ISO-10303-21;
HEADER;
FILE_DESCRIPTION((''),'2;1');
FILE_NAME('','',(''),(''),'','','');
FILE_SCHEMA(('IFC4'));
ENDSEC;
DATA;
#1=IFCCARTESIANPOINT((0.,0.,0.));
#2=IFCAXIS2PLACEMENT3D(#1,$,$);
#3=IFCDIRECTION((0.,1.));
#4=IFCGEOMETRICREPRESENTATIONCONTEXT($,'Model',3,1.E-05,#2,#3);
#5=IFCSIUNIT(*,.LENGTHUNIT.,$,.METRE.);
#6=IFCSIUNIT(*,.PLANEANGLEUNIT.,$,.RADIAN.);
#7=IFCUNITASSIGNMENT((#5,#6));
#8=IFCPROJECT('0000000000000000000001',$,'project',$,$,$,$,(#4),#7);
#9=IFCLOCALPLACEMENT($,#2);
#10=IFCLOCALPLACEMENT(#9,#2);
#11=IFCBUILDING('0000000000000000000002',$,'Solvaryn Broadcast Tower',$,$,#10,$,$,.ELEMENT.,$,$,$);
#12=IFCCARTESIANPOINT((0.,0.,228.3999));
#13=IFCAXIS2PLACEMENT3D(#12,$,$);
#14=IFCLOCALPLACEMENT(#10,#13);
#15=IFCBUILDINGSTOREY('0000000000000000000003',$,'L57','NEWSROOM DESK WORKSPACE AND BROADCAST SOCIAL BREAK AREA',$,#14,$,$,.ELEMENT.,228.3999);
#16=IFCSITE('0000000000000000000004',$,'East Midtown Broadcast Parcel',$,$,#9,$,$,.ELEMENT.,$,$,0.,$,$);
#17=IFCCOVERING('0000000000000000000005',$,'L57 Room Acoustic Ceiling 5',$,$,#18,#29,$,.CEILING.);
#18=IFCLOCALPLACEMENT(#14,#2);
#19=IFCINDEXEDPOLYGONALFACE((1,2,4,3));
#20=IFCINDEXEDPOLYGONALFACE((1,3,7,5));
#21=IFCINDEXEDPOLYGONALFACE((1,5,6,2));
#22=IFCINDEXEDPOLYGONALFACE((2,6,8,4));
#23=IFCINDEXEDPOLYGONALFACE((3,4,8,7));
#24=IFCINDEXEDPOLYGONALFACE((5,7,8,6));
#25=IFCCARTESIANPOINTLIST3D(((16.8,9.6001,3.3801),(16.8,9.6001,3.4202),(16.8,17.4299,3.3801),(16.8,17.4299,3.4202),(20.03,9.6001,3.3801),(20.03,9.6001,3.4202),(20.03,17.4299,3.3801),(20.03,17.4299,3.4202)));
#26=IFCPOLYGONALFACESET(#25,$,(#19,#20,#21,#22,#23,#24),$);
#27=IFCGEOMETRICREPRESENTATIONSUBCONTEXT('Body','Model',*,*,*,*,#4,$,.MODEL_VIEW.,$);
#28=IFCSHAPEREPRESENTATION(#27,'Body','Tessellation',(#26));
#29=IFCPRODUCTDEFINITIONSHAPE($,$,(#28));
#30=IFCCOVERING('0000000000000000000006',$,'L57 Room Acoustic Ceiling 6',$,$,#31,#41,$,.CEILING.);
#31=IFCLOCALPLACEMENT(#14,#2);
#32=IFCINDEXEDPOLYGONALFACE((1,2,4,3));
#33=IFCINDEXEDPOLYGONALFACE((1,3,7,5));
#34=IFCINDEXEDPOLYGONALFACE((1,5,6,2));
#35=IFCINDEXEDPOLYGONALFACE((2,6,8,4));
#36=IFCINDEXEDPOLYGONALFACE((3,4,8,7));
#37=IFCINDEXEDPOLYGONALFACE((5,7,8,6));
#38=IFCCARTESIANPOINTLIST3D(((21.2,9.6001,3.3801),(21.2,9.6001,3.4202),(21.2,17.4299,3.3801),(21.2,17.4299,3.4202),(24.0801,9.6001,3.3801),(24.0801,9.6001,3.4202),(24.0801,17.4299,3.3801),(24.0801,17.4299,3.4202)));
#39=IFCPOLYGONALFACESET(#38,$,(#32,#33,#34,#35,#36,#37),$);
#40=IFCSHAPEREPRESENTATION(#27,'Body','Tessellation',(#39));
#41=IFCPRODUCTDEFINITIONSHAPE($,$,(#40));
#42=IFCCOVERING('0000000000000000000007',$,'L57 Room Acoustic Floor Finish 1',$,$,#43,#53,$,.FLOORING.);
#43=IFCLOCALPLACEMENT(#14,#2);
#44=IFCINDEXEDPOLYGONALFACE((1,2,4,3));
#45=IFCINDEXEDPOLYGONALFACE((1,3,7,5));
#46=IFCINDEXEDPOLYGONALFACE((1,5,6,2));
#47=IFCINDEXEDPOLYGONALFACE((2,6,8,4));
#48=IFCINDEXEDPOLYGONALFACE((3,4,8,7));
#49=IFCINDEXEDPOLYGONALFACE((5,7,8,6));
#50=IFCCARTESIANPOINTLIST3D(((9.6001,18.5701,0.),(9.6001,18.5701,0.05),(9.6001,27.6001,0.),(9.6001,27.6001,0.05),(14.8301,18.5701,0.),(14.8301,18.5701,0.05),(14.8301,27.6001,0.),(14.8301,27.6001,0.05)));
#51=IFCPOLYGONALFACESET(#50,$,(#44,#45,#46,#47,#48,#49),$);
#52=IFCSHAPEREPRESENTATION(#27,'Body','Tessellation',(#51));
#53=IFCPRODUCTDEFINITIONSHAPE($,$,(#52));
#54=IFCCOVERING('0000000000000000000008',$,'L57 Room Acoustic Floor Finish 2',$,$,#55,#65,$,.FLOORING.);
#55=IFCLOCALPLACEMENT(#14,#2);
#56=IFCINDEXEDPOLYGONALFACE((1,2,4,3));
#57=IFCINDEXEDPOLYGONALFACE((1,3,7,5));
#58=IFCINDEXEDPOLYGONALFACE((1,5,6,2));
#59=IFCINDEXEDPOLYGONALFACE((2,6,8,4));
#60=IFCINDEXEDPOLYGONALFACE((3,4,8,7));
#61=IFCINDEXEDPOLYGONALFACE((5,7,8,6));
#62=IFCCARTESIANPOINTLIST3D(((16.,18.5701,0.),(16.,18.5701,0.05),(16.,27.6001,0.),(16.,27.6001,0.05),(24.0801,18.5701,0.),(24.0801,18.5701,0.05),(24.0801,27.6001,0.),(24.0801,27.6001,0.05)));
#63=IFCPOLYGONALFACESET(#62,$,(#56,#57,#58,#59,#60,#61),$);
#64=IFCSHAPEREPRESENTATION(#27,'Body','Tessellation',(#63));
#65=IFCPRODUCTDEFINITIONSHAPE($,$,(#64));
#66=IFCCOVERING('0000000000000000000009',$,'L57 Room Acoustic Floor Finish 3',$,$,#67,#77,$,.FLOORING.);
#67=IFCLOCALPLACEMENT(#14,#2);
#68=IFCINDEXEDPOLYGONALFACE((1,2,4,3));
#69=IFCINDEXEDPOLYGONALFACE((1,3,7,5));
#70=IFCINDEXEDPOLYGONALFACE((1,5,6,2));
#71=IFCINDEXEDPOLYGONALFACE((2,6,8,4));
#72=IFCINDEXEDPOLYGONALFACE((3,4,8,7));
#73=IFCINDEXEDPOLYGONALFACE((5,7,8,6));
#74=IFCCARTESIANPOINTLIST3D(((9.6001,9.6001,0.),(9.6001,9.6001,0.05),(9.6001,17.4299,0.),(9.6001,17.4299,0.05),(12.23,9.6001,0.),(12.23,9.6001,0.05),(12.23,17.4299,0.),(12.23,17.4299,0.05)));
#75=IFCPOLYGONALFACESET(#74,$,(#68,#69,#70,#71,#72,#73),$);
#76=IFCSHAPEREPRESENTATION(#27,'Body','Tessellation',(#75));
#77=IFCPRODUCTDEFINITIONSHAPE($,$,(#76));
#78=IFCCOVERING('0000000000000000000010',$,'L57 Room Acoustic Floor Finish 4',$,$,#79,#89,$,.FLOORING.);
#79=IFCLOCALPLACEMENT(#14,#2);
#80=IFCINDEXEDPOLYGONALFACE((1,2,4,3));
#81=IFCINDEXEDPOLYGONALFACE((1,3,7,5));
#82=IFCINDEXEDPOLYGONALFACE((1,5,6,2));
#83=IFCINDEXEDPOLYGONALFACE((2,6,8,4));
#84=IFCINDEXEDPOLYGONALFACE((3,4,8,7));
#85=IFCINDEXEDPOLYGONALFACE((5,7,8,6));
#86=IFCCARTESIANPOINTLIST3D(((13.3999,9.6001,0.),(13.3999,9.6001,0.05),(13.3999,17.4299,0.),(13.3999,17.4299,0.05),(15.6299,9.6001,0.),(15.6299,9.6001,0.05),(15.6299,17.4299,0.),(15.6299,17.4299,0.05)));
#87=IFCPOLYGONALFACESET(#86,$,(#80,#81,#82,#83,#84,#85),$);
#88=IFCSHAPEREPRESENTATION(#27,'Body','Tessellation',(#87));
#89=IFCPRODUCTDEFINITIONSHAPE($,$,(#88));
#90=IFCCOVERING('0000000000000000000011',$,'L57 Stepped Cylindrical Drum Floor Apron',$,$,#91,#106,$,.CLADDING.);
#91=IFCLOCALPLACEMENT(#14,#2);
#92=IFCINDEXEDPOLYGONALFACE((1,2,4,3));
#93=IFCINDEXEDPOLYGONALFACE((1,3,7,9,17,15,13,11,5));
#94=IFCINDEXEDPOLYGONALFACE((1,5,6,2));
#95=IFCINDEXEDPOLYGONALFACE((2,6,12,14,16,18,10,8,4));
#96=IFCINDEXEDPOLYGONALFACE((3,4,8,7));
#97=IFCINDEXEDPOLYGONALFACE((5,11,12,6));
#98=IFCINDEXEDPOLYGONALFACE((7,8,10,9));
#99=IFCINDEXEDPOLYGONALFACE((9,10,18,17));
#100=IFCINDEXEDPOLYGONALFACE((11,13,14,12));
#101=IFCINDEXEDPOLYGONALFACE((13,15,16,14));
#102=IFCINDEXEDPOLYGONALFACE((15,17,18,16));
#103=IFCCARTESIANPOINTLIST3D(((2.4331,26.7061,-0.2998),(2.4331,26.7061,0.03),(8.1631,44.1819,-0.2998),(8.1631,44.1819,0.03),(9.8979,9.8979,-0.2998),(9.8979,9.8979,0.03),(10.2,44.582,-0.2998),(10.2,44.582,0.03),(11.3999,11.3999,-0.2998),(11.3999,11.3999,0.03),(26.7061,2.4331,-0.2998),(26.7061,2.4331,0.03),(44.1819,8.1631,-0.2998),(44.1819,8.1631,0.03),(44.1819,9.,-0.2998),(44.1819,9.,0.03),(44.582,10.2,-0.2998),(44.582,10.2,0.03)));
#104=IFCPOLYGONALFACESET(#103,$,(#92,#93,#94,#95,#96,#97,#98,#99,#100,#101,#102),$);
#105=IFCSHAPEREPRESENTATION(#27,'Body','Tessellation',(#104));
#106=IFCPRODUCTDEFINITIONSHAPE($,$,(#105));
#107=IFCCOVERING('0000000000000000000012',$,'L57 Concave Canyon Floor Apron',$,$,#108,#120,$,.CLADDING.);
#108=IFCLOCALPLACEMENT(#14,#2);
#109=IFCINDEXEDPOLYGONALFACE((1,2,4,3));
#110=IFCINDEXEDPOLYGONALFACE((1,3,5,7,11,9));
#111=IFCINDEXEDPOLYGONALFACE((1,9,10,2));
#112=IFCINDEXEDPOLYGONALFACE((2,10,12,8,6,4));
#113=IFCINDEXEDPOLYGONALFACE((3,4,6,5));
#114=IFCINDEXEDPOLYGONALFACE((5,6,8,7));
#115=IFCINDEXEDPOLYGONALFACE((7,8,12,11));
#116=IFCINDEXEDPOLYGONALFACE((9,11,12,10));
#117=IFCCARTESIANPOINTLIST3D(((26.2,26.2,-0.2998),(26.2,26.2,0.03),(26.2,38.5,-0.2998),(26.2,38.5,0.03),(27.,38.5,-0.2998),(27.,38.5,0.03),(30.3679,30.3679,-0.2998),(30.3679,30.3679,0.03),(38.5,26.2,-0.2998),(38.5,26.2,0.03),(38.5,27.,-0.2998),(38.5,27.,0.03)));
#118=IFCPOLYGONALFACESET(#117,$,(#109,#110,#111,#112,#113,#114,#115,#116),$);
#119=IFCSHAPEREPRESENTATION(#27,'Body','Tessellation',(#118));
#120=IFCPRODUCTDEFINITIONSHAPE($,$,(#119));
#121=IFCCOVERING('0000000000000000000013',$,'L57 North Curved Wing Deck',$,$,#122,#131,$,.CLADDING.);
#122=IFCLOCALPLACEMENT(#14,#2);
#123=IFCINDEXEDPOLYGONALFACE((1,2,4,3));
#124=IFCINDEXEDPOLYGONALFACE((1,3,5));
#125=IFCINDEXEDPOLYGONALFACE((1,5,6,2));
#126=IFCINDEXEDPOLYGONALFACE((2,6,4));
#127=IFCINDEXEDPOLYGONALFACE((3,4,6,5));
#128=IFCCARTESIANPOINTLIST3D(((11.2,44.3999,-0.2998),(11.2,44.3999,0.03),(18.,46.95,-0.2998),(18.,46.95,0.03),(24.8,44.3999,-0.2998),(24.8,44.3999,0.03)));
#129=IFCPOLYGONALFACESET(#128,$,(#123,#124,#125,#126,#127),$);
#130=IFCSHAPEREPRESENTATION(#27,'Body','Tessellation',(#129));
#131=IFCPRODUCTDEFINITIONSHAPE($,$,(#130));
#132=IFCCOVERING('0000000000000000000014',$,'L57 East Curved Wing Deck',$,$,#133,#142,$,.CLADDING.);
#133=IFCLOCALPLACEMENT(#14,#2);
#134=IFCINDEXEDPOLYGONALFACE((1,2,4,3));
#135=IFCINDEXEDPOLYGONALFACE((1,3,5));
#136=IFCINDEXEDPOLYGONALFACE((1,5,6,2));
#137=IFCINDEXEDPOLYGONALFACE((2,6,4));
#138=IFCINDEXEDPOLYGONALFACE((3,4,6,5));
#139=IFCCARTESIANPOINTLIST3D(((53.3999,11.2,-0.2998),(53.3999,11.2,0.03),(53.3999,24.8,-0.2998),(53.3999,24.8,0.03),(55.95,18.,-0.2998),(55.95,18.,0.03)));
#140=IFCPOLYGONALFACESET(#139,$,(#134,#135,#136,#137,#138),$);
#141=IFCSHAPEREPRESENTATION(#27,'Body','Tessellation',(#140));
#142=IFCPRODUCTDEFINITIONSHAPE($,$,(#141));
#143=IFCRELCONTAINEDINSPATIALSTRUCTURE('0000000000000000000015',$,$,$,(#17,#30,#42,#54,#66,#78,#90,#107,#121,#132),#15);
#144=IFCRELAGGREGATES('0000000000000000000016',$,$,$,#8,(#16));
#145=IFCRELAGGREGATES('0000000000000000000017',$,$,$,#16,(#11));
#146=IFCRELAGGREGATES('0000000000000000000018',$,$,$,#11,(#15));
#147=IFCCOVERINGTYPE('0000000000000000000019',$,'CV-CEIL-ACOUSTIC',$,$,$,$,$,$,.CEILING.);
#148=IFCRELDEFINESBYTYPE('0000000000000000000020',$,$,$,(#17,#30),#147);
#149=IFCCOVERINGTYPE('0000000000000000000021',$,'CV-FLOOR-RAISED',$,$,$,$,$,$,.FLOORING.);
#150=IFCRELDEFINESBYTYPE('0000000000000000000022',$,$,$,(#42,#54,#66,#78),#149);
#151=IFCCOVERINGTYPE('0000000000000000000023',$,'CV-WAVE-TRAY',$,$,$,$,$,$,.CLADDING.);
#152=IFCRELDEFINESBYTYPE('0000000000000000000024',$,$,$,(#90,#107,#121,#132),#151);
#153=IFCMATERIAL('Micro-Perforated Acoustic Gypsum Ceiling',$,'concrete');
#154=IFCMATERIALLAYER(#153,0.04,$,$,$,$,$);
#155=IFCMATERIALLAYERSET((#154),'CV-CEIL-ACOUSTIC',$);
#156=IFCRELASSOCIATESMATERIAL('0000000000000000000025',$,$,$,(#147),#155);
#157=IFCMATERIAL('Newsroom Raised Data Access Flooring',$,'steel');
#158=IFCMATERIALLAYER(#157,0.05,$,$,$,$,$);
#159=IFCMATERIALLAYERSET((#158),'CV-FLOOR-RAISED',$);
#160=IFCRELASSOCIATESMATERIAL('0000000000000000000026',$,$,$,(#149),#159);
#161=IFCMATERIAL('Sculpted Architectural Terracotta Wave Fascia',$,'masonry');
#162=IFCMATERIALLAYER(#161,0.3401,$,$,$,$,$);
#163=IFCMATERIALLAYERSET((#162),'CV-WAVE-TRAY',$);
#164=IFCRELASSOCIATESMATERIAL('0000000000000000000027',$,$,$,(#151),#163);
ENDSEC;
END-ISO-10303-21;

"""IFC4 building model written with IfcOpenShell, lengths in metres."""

from ifc_helpers import new_model, si_unit, direction, frame, origin, place, context, subcontext, project, spatial, polyline, outline, extrude, material, layer, layer_set, type_object, element, save


model = new_model("IFC4")

# Units and contexts
model_context = context("Model", 3, precision=1e-05, world=origin(), true_north=direction((0.0, 1.0)))
body_context = subcontext(model_context, "Body", "Model", "MODEL_VIEW")
ifc_project = project(units=[si_unit("LENGTHUNIT", "METRE"), si_unit("PLANEANGLEUNIT", "RADIAN")], contexts=[model_context])

# Site, building, storey
site_placement = place(None, origin())
site = spatial("IfcSite", under=ifc_project, at=site_placement, Name="East Midtown Broadcast Parcel", CompositionType="ELEMENT", RefElevation=0.0)
building_placement = place(site_placement, origin())
building = spatial("IfcBuilding", under=site, at=building_placement, Name="Solvaryn Broadcast Tower", CompositionType="ELEMENT")
storey_placement = place(building_placement, frame((0.0, 0.0, 228.3999)))
storey = spatial("IfcBuildingStorey", under=building, at=storey_placement, Name="L57", Description="NEWSROOM DESK WORKSPACE AND BROADCAST SOCIAL BREAK AREA", CompositionType="ELEMENT", Elevation=228.3999)

# Coverings
ifc_material_1 = material(Name="Micro-Perforated Acoustic Gypsum Ceiling", Category="concrete")
ifc_layer_1 = layer(ifc_material_1, 0.04)
ifc_layer_set_1 = layer_set([ifc_layer_1], Name="CV-CEIL-ACOUSTIC")
covering_type_1 = type_object("IfcCoveringType", Name="CV-CEIL-ACOUSTIC", PredefinedType="CEILING", material=ifc_layer_set_1)
covering_1_placement = place(storey_placement, frame((0.0, 0.0, 3.3801)))
element("IfcCovering", 1, at=covering_1_placement, inside=storey, type_object=covering_type_1, Name="L57 Room Acoustic Ceiling 5", PredefinedType="CEILING", context=body_context, shape_type="SweptSolid", body=[
    extrude(outline(polyline([(16.8, 9.6001), (20.03, 9.6001), (20.03, 17.4299), (16.8, 17.4299), (16.8, 9.6001)])), origin(), (0.0, 0.0, 1.0), 0.04),
])
covering_2_placement = place(storey_placement, frame((0.0, 0.0, 3.3801)))
element("IfcCovering", 2, at=covering_2_placement, inside=storey, type_object=covering_type_1, Name="L57 Room Acoustic Ceiling 6", PredefinedType="CEILING", context=body_context, shape_type="SweptSolid", body=[
    extrude(outline(polyline([(21.2, 9.6001), (24.0801, 9.6001), (24.0801, 17.4299), (21.2, 17.4299), (21.2, 9.6001)])), origin(), (0.0, 0.0, 1.0), 0.04),
])
ifc_material_2 = material(Name="Newsroom Raised Data Access Flooring", Category="steel")
ifc_layer_2 = layer(ifc_material_2, 0.05)
ifc_layer_set_2 = layer_set([ifc_layer_2], Name="CV-FLOOR-RAISED")
covering_type_2 = type_object("IfcCoveringType", Name="CV-FLOOR-RAISED", PredefinedType="FLOORING", material=ifc_layer_set_2)
covering_3_placement = place(storey_placement, origin())
element("IfcCovering", 3, at=covering_3_placement, inside=storey, type_object=covering_type_2, Name="L57 Room Acoustic Floor Finish 1", PredefinedType="FLOORING", context=body_context, shape_type="SweptSolid", body=[
    extrude(outline(polyline([(9.6001, 18.5701), (14.8301, 18.5701), (14.8301, 27.6001), (9.6001, 27.6001), (9.6001, 18.5701)])), origin(), (0.0, 0.0, 1.0), 0.05),
])
covering_4_placement = place(storey_placement, origin())
element("IfcCovering", 4, at=covering_4_placement, inside=storey, type_object=covering_type_2, Name="L57 Room Acoustic Floor Finish 2", PredefinedType="FLOORING", context=body_context, shape_type="SweptSolid", body=[
    extrude(outline(polyline([(16.0, 18.5701), (24.0801, 18.5701), (24.0801, 27.6001), (16.0, 27.6001), (16.0, 18.5701)])), origin(), (0.0, 0.0, 1.0), 0.05),
])
covering_5_placement = place(storey_placement, origin())
element("IfcCovering", 5, at=covering_5_placement, inside=storey, type_object=covering_type_2, Name="L57 Room Acoustic Floor Finish 3", PredefinedType="FLOORING", context=body_context, shape_type="SweptSolid", body=[
    extrude(outline(polyline([(9.6001, 9.6001), (12.23, 9.6001), (12.23, 17.4299), (9.6001, 17.4299), (9.6001, 9.6001)])), origin(), (0.0, 0.0, 1.0), 0.05),
])
covering_6_placement = place(storey_placement, origin())
element("IfcCovering", 6, at=covering_6_placement, inside=storey, type_object=covering_type_2, Name="L57 Room Acoustic Floor Finish 4", PredefinedType="FLOORING", context=body_context, shape_type="SweptSolid", body=[
    extrude(outline(polyline([(13.3999, 9.6001), (15.6299, 9.6001), (15.6299, 17.4299), (13.3999, 17.4299), (13.3999, 9.6001)])), origin(), (0.0, 0.0, 1.0), 0.05),
])
ifc_material_3 = material(Name="Sculpted Architectural Terracotta Wave Fascia", Category="masonry")
ifc_layer_3 = layer(ifc_material_3, 0.3401)
ifc_layer_set_3 = layer_set([ifc_layer_3], Name="CV-WAVE-TRAY")
covering_type_3 = type_object("IfcCoveringType", Name="CV-WAVE-TRAY", PredefinedType="CLADDING", material=ifc_layer_set_3)
covering_7_placement = place(storey_placement, frame((0.0, 0.0, -0.2998)))
element("IfcCovering", 7, at=covering_7_placement, inside=storey, type_object=covering_type_3, Name="L57 Stepped Cylindrical Drum Floor Apron", PredefinedType="CLADDING", context=body_context, shape_type="SweptSolid", body=[
    extrude(outline(polyline([(10.2, 44.582), (8.1631, 44.1819), (2.4331, 26.7061), (9.8979, 9.8979), (26.7061, 2.4331), (44.1819, 8.1631), (44.1819, 9.0), (44.582, 10.2), (11.3999, 11.3999), (10.2, 44.582)])), origin(), (0.0, 0.0, 1.0), 0.3298),
])
covering_8_placement = place(storey_placement, frame((0.0, 0.0, -0.2998)))
element("IfcCovering", 8, at=covering_8_placement, inside=storey, type_object=covering_type_3, Name="L57 Concave Canyon Floor Apron", PredefinedType="CLADDING", context=body_context, shape_type="SweptSolid", body=[
    extrude(outline(polyline([(26.2, 26.2), (38.5, 26.2), (38.5, 27.0), (30.3679, 30.3679), (27.0, 38.5), (26.2, 38.5), (26.2, 26.2)])), origin(), (0.0, 0.0, 1.0), 0.3298),
])
covering_9_placement = place(storey_placement, frame((0.0, 0.0, -0.2998)))
element("IfcCovering", 9, at=covering_9_placement, inside=storey, type_object=covering_type_3, Name="L57 North Curved Wing Deck", PredefinedType="CLADDING", context=body_context, shape_type="SweptSolid", body=[
    extrude(outline(polyline([(11.2, 44.3999), (24.8, 44.3999), (18.0, 46.95), (11.2, 44.3999)])), origin(), (0.0, 0.0, 1.0), 0.3298),
])
covering_10_placement = place(storey_placement, frame((0.0, 0.0, -0.2998)))
element("IfcCovering", 10, at=covering_10_placement, inside=storey, type_object=covering_type_3, Name="L57 East Curved Wing Deck", PredefinedType="CLADDING", context=body_context, shape_type="SweptSolid", body=[
    extrude(outline(polyline([(53.3999, 11.2), (55.95, 18.0), (53.3999, 24.8), (53.3999, 11.2)])), origin(), (0.0, 0.0, 1.0), 0.3298),
])

save(model, "model.ifc")
